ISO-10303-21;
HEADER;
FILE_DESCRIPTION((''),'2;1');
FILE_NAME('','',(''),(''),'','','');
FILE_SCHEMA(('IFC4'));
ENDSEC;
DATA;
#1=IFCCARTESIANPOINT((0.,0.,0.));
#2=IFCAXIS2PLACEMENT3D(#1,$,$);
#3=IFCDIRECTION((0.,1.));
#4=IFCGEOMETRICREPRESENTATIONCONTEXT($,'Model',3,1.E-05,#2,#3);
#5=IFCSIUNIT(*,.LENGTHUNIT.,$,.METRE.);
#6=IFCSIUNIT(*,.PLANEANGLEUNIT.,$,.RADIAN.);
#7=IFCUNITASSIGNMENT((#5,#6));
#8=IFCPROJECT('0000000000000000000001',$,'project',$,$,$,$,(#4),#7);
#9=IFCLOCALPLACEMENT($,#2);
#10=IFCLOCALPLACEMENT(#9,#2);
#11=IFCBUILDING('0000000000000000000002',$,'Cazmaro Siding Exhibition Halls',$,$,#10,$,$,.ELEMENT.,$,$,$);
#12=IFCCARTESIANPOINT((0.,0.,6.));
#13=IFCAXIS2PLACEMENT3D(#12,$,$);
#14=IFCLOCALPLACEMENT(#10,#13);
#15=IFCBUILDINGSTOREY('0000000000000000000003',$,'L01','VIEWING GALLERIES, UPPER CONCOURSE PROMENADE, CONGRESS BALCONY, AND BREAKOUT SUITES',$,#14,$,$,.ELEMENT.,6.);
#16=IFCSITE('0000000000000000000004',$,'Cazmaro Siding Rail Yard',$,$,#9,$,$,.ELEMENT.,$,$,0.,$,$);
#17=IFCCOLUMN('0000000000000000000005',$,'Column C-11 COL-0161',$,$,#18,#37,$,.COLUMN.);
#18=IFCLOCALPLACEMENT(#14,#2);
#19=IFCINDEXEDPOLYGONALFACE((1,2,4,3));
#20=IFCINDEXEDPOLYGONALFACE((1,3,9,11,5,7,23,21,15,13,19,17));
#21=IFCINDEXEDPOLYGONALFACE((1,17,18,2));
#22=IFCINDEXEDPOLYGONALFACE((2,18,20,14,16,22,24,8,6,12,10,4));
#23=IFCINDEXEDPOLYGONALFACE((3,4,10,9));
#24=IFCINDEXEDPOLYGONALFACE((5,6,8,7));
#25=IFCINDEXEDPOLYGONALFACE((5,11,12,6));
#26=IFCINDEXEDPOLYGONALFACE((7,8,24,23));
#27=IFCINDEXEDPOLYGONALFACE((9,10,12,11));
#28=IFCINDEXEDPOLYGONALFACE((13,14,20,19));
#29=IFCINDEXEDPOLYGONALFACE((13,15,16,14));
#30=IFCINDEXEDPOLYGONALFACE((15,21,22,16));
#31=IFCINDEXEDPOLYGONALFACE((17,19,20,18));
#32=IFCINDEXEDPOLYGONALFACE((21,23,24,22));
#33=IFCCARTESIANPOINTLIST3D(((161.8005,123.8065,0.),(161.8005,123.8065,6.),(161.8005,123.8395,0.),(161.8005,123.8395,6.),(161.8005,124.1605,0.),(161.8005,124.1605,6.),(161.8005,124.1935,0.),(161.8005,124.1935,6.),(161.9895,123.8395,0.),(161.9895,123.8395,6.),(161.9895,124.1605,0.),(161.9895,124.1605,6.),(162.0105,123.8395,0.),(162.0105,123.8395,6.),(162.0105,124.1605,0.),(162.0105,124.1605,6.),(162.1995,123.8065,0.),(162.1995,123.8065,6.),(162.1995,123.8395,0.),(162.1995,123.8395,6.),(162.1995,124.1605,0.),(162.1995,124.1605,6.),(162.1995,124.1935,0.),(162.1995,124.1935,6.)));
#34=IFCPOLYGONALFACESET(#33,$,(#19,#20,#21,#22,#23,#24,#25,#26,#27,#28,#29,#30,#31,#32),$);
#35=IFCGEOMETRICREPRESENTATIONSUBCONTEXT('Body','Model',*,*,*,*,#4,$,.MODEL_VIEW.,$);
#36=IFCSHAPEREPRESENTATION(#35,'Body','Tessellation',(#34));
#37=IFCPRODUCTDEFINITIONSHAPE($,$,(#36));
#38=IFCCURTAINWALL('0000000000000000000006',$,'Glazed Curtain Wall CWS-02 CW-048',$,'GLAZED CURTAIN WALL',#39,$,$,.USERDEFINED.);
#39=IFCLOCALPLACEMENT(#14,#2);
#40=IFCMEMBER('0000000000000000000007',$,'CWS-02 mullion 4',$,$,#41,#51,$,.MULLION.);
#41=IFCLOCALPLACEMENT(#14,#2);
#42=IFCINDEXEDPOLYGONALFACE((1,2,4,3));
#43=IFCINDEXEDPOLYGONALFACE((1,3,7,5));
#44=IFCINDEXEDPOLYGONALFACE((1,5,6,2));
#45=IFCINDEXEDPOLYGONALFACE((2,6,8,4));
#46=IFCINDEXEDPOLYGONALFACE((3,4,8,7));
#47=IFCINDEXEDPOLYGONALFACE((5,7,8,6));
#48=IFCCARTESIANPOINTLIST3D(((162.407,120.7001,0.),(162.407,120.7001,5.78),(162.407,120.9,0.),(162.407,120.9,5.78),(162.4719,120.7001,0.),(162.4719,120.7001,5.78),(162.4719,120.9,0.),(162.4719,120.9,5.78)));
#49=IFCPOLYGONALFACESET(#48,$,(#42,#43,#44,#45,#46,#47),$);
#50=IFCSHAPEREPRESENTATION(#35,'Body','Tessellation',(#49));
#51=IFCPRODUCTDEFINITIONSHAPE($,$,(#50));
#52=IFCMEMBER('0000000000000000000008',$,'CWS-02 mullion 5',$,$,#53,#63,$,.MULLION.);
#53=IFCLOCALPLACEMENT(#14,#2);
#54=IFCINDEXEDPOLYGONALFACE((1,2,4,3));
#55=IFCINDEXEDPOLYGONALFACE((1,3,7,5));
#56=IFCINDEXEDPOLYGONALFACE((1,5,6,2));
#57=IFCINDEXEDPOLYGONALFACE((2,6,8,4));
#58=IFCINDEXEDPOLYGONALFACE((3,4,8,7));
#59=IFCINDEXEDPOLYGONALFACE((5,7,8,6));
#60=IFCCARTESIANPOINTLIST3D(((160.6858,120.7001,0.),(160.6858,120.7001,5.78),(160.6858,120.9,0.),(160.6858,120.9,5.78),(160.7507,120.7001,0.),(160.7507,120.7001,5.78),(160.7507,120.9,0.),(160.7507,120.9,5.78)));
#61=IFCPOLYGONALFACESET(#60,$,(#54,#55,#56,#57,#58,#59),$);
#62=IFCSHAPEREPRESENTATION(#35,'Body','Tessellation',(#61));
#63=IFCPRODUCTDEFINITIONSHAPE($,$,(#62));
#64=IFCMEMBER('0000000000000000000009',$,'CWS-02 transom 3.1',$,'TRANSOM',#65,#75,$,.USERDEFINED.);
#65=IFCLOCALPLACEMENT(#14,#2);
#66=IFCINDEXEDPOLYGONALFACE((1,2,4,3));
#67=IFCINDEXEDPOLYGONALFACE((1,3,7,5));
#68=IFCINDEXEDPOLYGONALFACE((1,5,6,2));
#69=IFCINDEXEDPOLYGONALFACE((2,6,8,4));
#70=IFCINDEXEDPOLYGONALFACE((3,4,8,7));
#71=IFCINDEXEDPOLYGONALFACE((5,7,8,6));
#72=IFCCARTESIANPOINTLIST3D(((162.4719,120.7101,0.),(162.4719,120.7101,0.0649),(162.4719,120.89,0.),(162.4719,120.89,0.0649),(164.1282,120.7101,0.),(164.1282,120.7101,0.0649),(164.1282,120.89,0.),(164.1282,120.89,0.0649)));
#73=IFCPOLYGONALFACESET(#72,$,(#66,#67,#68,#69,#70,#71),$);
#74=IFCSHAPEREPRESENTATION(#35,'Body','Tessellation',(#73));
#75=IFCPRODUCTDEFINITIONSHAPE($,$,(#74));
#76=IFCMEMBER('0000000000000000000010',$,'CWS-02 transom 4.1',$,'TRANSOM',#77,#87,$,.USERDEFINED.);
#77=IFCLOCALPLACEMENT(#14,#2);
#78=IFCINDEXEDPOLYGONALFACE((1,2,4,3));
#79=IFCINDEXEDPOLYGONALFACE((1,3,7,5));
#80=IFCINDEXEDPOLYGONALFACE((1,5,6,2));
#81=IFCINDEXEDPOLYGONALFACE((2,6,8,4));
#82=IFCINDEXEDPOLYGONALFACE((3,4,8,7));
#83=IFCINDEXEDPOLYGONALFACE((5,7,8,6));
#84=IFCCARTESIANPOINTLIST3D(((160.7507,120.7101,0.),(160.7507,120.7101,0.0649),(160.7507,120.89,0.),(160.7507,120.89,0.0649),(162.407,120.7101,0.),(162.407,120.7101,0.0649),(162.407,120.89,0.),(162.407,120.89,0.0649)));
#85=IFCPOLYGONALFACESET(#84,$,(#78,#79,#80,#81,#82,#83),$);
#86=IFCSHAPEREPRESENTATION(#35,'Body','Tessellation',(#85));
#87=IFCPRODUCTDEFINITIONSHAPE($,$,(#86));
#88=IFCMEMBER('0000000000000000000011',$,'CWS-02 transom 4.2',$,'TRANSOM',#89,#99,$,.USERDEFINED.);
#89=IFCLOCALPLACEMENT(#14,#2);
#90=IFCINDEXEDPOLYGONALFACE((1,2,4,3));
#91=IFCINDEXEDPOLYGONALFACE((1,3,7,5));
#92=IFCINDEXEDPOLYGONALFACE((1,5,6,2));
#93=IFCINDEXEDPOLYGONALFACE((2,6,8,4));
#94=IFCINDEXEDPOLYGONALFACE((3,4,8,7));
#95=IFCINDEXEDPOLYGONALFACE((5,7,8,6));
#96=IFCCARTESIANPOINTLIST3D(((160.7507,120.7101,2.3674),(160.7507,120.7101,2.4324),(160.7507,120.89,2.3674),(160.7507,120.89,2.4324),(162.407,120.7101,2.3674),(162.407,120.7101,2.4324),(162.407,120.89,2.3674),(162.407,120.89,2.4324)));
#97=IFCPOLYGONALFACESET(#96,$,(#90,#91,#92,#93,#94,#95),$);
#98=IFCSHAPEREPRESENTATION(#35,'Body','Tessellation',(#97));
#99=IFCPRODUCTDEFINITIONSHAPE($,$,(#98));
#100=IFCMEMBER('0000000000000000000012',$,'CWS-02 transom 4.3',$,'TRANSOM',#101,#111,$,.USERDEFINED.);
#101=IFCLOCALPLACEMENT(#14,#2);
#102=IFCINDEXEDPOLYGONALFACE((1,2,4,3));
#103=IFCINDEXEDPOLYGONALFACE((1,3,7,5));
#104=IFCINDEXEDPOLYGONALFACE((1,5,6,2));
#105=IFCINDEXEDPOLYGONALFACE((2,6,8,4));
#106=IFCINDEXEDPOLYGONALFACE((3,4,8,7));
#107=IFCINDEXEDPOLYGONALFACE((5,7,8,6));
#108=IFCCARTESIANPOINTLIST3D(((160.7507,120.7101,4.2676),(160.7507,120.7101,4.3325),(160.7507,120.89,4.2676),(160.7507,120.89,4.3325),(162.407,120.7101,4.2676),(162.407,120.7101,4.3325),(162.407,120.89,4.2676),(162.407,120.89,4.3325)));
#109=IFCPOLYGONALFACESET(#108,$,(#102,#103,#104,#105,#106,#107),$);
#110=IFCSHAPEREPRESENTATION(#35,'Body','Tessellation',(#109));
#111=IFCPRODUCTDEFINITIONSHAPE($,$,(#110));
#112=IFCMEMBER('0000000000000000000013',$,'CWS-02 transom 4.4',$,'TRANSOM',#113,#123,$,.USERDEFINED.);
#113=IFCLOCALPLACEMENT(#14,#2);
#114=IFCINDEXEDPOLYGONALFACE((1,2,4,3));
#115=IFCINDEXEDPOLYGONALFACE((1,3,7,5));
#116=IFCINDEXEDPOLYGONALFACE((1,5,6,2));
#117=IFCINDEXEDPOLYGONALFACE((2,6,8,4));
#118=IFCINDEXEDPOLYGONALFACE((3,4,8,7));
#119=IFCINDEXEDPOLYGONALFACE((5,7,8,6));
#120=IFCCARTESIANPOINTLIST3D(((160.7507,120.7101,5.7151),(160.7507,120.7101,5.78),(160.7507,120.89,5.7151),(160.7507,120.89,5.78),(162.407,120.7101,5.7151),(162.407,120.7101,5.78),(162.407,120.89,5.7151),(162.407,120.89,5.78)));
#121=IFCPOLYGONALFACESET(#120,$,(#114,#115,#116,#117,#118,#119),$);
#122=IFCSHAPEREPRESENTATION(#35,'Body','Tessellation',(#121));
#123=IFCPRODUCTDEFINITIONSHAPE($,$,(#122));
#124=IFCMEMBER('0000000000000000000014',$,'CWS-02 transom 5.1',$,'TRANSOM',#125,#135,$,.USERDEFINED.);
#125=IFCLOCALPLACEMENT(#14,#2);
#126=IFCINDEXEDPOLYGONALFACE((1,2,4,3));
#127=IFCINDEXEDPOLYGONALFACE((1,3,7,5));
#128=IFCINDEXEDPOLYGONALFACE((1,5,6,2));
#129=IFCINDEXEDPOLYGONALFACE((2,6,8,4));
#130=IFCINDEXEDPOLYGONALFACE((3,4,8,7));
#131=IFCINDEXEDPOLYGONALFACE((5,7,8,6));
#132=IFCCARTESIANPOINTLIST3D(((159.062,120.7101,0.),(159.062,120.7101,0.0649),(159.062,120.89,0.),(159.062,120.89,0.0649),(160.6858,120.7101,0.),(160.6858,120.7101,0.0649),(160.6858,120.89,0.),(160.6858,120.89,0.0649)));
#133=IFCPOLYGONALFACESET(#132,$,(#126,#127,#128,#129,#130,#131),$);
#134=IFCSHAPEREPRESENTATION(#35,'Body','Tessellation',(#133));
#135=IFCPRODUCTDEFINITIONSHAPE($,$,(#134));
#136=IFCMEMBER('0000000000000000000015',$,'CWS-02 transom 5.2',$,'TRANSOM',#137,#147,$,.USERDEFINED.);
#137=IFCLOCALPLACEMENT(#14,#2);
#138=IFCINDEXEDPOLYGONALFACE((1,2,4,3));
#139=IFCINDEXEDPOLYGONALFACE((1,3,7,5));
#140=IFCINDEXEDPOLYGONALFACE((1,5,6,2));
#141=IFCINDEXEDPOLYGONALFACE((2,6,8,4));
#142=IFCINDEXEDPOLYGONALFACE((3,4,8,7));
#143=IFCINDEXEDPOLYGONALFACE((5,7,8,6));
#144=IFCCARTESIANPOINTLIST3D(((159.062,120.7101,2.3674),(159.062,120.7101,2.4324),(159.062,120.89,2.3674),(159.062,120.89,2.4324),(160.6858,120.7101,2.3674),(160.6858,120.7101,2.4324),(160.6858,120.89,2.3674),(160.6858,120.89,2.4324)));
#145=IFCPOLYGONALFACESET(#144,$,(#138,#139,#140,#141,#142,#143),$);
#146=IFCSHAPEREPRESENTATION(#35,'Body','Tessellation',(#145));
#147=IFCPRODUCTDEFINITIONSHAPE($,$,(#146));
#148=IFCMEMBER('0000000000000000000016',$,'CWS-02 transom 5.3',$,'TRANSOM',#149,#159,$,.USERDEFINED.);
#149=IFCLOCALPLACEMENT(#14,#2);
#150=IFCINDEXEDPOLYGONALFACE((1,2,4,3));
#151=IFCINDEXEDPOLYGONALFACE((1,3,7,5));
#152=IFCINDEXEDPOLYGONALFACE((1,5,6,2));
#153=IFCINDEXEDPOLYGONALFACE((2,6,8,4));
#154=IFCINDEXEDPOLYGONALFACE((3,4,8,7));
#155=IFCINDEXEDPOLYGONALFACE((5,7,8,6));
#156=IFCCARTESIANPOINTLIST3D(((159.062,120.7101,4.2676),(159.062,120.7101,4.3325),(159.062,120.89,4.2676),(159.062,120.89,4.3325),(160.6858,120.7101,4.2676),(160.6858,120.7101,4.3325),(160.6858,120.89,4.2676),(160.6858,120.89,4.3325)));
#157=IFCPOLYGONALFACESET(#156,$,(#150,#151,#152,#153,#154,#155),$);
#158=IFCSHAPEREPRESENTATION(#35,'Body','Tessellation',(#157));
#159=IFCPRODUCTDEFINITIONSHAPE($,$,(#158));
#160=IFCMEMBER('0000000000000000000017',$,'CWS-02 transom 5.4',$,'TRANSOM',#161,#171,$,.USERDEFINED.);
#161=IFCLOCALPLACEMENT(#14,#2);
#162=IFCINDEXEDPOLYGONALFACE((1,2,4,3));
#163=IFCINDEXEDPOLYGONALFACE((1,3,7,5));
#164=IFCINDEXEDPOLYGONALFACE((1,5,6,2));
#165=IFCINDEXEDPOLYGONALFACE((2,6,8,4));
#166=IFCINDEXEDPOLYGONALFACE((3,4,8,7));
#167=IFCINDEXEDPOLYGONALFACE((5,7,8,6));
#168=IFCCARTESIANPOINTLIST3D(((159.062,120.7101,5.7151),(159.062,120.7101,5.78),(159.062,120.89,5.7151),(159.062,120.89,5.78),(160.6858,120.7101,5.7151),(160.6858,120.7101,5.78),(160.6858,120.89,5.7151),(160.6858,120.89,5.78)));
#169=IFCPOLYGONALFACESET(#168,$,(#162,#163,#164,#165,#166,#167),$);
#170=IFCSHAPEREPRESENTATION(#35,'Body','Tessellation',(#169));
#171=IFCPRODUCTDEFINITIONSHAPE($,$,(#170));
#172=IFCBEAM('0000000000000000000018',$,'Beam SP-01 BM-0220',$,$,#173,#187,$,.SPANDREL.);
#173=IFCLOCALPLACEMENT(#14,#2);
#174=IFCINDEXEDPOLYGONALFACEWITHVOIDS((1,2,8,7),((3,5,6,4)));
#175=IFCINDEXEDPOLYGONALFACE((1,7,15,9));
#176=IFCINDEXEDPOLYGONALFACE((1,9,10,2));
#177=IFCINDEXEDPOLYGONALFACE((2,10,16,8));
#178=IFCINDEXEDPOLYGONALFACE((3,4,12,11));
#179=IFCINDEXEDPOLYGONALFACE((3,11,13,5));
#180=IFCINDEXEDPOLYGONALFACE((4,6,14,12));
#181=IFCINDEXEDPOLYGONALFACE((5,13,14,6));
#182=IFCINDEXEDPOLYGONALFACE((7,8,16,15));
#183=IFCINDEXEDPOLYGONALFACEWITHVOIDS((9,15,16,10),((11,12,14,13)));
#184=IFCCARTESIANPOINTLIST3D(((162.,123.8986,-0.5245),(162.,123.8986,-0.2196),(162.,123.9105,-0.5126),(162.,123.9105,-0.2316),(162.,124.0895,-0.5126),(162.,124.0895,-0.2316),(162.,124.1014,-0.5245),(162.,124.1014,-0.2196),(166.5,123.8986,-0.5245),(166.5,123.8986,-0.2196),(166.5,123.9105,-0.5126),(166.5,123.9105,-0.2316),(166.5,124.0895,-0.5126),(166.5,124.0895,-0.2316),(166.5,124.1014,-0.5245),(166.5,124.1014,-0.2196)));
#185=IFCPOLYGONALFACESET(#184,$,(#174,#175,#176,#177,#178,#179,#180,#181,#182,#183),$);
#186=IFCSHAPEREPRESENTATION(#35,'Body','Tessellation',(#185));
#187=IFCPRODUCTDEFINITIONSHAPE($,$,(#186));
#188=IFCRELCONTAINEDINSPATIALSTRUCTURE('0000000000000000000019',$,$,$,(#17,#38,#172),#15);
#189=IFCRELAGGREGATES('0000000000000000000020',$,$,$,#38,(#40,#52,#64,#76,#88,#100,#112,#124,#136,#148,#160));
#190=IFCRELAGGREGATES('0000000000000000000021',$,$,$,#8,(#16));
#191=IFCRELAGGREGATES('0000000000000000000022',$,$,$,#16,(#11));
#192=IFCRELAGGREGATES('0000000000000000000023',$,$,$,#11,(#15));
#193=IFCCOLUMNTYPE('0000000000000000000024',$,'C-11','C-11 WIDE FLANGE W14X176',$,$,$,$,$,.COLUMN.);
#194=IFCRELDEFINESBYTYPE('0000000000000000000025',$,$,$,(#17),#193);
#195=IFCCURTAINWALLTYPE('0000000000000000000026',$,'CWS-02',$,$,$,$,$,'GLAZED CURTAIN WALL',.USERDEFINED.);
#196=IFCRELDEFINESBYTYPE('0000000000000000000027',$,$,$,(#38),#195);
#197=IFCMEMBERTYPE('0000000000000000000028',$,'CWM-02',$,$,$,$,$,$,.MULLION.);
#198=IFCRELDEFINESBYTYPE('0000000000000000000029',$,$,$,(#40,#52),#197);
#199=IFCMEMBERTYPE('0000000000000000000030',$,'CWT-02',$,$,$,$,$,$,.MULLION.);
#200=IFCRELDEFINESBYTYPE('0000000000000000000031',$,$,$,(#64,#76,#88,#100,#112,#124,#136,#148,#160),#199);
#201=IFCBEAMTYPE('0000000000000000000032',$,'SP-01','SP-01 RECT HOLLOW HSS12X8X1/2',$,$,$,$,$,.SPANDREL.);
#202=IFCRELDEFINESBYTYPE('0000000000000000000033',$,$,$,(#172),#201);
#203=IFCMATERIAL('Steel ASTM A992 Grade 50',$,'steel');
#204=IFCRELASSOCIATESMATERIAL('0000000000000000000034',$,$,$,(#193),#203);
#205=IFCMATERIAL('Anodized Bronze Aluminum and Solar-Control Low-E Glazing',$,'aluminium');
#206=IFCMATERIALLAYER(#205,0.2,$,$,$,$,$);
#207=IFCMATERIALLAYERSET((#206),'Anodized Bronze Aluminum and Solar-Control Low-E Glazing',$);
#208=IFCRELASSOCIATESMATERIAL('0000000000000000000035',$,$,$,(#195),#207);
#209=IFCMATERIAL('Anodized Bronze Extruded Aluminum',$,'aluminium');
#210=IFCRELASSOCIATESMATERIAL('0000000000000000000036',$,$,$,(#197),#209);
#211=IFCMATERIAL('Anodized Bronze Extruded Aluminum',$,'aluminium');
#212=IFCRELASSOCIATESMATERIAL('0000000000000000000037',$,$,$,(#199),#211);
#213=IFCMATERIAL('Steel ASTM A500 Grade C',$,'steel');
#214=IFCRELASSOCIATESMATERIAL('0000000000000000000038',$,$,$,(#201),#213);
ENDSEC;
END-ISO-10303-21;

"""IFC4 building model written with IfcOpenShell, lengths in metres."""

from ifc_helpers import new_model, si_unit, direction, frame, origin, origin_2d, place, context, subcontext, project, spatial, rectangle, hollow_rectangle, i_section, extrude, material, layer, layer_set, material_profile, profile_set, type_object, element, aggregate, save


model = new_model("IFC4")

# Units and contexts
model_context = context("Model", 3, precision=1e-05, world=origin(), true_north=direction((0.0, 1.0)))
body_context = subcontext(model_context, "Body", "Model", "MODEL_VIEW")
ifc_project = project(units=[si_unit("LENGTHUNIT", "METRE"), si_unit("PLANEANGLEUNIT", "RADIAN")], contexts=[model_context])

# Site, building, storey
site_placement = place(None, origin())
site = spatial("IfcSite", under=ifc_project, at=site_placement, Name="Cazmaro Siding Rail Yard", CompositionType="ELEMENT", RefElevation=0.0)
building_placement = place(site_placement, origin())
building = spatial("IfcBuilding", under=site, at=building_placement, Name="Cazmaro Siding Exhibition Halls", CompositionType="ELEMENT")
storey_placement = place(building_placement, frame((0.0, 0.0, 6.0)))
storey = spatial("IfcBuildingStorey", under=building, at=storey_placement, Name="L01", Description="VIEWING GALLERIES, UPPER CONCOURSE PROMENADE, CONGRESS BALCONY, AND BREAKOUT SUITES", CompositionType="ELEMENT", Elevation=6.0)

# Column
ifc_material_1 = material(Name="Steel ASTM A992 Grade 50", Category="steel")
ifc_material_profile_1 = material_profile(ifc_material_1, i_section(OverallWidth=0.3989, OverallDepth=0.387, WebThickness=0.021, FlangeThickness=0.033, at=origin_2d()), Name="W14X176")
ifc_profile_set_1 = profile_set([ifc_material_profile_1], Name="Steel ASTM A992 Grade 50")
column_type = type_object("IfcColumnType", Name="C-11", Description="C-11 WIDE FLANGE W14X176", PredefinedType="COLUMN", material=ifc_profile_set_1)
column_placement = place(storey_placement, frame((162.0, 124.0, 0.0), z_axis=(0.0, 0.0, 1.0), x_axis=(1.0, 0.0, 0.0)))
element("IfcColumn", 1, at=column_placement, inside=storey, type_object=column_type, Name="Column C-11 COL-0161", PredefinedType="COLUMN", context=body_context, shape_type="SweptSolid", body=[
    extrude(i_section(OverallWidth=0.3989, OverallDepth=0.387, WebThickness=0.021, FlangeThickness=0.033, at=origin_2d()), origin(), (0.0, 0.0, 1.0), 6.0),
])

# Curtain wall, members
ifc_material_2 = material(Name="Anodized Bronze Aluminum and Solar-Control Low-E Glazing", Category="aluminium")
ifc_layer_1 = layer(ifc_material_2, 0.2)
ifc_layer_set_1 = layer_set([ifc_layer_1], Name="Anodized Bronze Aluminum and Solar-Control Low-E Glazing")
curtain_wall_type = type_object("IfcCurtainWallType", Name="CWS-02", ElementType="GLAZED CURTAIN WALL", PredefinedType="USERDEFINED", material=ifc_layer_set_1)
curtain_wall_placement = place(storey_placement, origin())
curtain_wall = element("IfcCurtainWall", 2, at=curtain_wall_placement, inside=storey, type_object=curtain_wall_type, Name="Glazed Curtain Wall CWS-02 CW-048", ObjectType="GLAZED CURTAIN WALL", PredefinedType="USERDEFINED")
ifc_material_3 = material(Name="Anodized Bronze Extruded Aluminum", Category="aluminium")
ifc_material_profile_2 = material_profile(ifc_material_3, rectangle(XDim=0.2, YDim=0.0649, at=origin_2d()), Name="CWM-02")
ifc_profile_set_2 = profile_set([ifc_material_profile_2], Name="Anodized Bronze Extruded Aluminum")
member_type_1 = type_object("IfcMemberType", Name="CWM-02", PredefinedType="MULLION", material=ifc_profile_set_2)
member_1_placement = place(storey_placement, frame((162.4395, 120.8, 0.0), z_axis=(0.0, 0.0, 1.0), x_axis=(0.0, -1.0, 0.0)))
member_1 = element("IfcMember", 3, at=member_1_placement, type_object=member_type_1, Name="CWS-02 mullion 4", PredefinedType="MULLION", context=body_context, shape_type="SweptSolid", body=[
    extrude(rectangle(XDim=0.2, YDim=0.0649, at=origin_2d()), origin(), (0.0, 0.0, 1.0), 5.78),
])
member_2_placement = place(storey_placement, frame((160.7183, 120.8, 0.0), z_axis=(0.0, 0.0, 1.0), x_axis=(0.0, -1.0, 0.0)))
member_2 = element("IfcMember", 4, at=member_2_placement, type_object=member_type_1, Name="CWS-02 mullion 5", PredefinedType="MULLION", context=body_context, shape_type="SweptSolid", body=[
    extrude(rectangle(XDim=0.2, YDim=0.0649, at=origin_2d()), origin(), (0.0, 0.0, 1.0), 5.78),
])
ifc_material_4 = material(Name="Anodized Bronze Extruded Aluminum", Category="aluminium")
ifc_material_profile_3 = material_profile(ifc_material_4, rectangle(XDim=0.1799, YDim=0.0649, at=origin_2d()), Name="CWT-02")
ifc_profile_set_3 = profile_set([ifc_material_profile_3], Name="Anodized Bronze Extruded Aluminum")
member_type_2 = type_object("IfcMemberType", Name="CWT-02", PredefinedType="MULLION", material=ifc_profile_set_3)
member_3_placement = place(storey_placement, frame((164.1282, 120.8, 0.0325), z_axis=(-1.0, 0.0, 0.0), x_axis=(0.0, -1.0, 0.0)))
member_3 = element("IfcMember", 5, at=member_3_placement, type_object=member_type_2, Name="CWS-02 transom 3.1", ObjectType="TRANSOM", PredefinedType="USERDEFINED", context=body_context, shape_type="SweptSolid", body=[
    extrude(rectangle(XDim=0.1799, YDim=0.0649, at=origin_2d()), origin(), (0.0, 0.0, 1.0), 1.6562),
])
member_4_placement = place(storey_placement, frame((162.407, 120.8, 0.0325), z_axis=(-1.0, 0.0, 0.0), x_axis=(0.0, -1.0, 0.0)))
member_4 = element("IfcMember", 6, at=member_4_placement, type_object=member_type_2, Name="CWS-02 transom 4.1", ObjectType="TRANSOM", PredefinedType="USERDEFINED", context=body_context, shape_type="SweptSolid", body=[
    extrude(rectangle(XDim=0.1799, YDim=0.0649, at=origin_2d()), origin(), (0.0, 0.0, 1.0), 1.6562),
])
member_5_placement = place(storey_placement, frame((162.407, 120.8, 2.3999), z_axis=(-1.0, 0.0, 0.0), x_axis=(0.0, -1.0, 0.0)))
member_5 = element("IfcMember", 7, at=member_5_placement, type_object=member_type_2, Name="CWS-02 transom 4.2", ObjectType="TRANSOM", PredefinedType="USERDEFINED", context=body_context, shape_type="SweptSolid", body=[
    extrude(rectangle(XDim=0.1799, YDim=0.0649, at=origin_2d()), origin(), (0.0, 0.0, 1.0), 1.6562),
])
member_6_placement = place(storey_placement, frame((162.407, 120.8, 4.3), z_axis=(-1.0, 0.0, 0.0), x_axis=(0.0, -1.0, 0.0)))
member_6 = element("IfcMember", 8, at=member_6_placement, type_object=member_type_2, Name="CWS-02 transom 4.3", ObjectType="TRANSOM", PredefinedType="USERDEFINED", context=body_context, shape_type="SweptSolid", body=[
    extrude(rectangle(XDim=0.1799, YDim=0.0649, at=origin_2d()), origin(), (0.0, 0.0, 1.0), 1.6562),
])
member_7_placement = place(storey_placement, frame((162.407, 120.8, 5.7476), z_axis=(-1.0, 0.0, 0.0), x_axis=(0.0, -1.0, 0.0)))
member_7 = element("IfcMember", 9, at=member_7_placement, type_object=member_type_2, Name="CWS-02 transom 4.4", ObjectType="TRANSOM", PredefinedType="USERDEFINED", context=body_context, shape_type="SweptSolid", body=[
    extrude(rectangle(XDim=0.1799, YDim=0.0649, at=origin_2d()), origin(), (0.0, 0.0, 1.0), 1.6562),
])
member_8_placement = place(storey_placement, frame((160.6858, 120.8, 0.0325), z_axis=(-1.0, 0.0, 0.0), x_axis=(0.0, -1.0, 0.0)))
member_8 = element("IfcMember", 10, at=member_8_placement, type_object=member_type_2, Name="CWS-02 transom 5.1", ObjectType="TRANSOM", PredefinedType="USERDEFINED", context=body_context, shape_type="SweptSolid", body=[
    extrude(rectangle(XDim=0.1799, YDim=0.0649, at=origin_2d()), origin(), (0.0, 0.0, 1.0), 1.6238),
])
member_9_placement = place(storey_placement, frame((160.6858, 120.8, 2.3999), z_axis=(-1.0, 0.0, 0.0), x_axis=(0.0, -1.0, 0.0)))
member_9 = element("IfcMember", 11, at=member_9_placement, type_object=member_type_2, Name="CWS-02 transom 5.2", ObjectType="TRANSOM", PredefinedType="USERDEFINED", context=body_context, shape_type="SweptSolid", body=[
    extrude(rectangle(XDim=0.1799, YDim=0.0649, at=origin_2d()), origin(), (0.0, 0.0, 1.0), 1.6238),
])
member_10_placement = place(storey_placement, frame((160.6858, 120.8, 4.3), z_axis=(-1.0, 0.0, 0.0), x_axis=(0.0, -1.0, 0.0)))
member_10 = element("IfcMember", 12, at=member_10_placement, type_object=member_type_2, Name="CWS-02 transom 5.3", ObjectType="TRANSOM", PredefinedType="USERDEFINED", context=body_context, shape_type="SweptSolid", body=[
    extrude(rectangle(XDim=0.1799, YDim=0.0649, at=origin_2d()), origin(), (0.0, 0.0, 1.0), 1.6238),
])
member_11_placement = place(storey_placement, frame((160.6858, 120.8, 5.7476), z_axis=(-1.0, 0.0, 0.0), x_axis=(0.0, -1.0, 0.0)))
member_11 = element("IfcMember", 13, at=member_11_placement, type_object=member_type_2, Name="CWS-02 transom 5.4", ObjectType="TRANSOM", PredefinedType="USERDEFINED", context=body_context, shape_type="SweptSolid", body=[
    extrude(rectangle(XDim=0.1799, YDim=0.0649, at=origin_2d()), origin(), (0.0, 0.0, 1.0), 1.6238),
])

# Beam
ifc_material_5 = material(Name="Steel ASTM A500 Grade C", Category="steel")
ifc_material_profile_4 = material_profile(ifc_material_5, hollow_rectangle(XDim=0.2029, YDim=0.3049, WallThickness=0.012, at=origin_2d()), Name="HSS12X8X1/2")
ifc_profile_set_4 = profile_set([ifc_material_profile_4], Name="Steel ASTM A500 Grade C")
beam_type = type_object("IfcBeamType", Name="SP-01", Description="SP-01 RECT HOLLOW HSS12X8X1/2", PredefinedType="SPANDREL", material=ifc_profile_set_4)
beam_placement = place(storey_placement, frame((162.0, 124.0, -0.3721), z_axis=(1.0, 0.0, 0.0), x_axis=(0.0, 1.0, 0.0)))
element("IfcBeam", 14, at=beam_placement, inside=storey, type_object=beam_type, Name="Beam SP-01 BM-0220", PredefinedType="SPANDREL", context=body_context, shape_type="SweptSolid", body=[
    extrude(hollow_rectangle(XDim=0.2029, YDim=0.3049, WallThickness=0.012, at=origin_2d()), origin(), (0.0, 0.0, 1.0), 4.5),
])

aggregate(curtain_wall, [member_1, member_2, member_3, member_4, member_5, member_6, member_7, member_8, member_9, member_10, member_11])

save(model, "model.ifc")
